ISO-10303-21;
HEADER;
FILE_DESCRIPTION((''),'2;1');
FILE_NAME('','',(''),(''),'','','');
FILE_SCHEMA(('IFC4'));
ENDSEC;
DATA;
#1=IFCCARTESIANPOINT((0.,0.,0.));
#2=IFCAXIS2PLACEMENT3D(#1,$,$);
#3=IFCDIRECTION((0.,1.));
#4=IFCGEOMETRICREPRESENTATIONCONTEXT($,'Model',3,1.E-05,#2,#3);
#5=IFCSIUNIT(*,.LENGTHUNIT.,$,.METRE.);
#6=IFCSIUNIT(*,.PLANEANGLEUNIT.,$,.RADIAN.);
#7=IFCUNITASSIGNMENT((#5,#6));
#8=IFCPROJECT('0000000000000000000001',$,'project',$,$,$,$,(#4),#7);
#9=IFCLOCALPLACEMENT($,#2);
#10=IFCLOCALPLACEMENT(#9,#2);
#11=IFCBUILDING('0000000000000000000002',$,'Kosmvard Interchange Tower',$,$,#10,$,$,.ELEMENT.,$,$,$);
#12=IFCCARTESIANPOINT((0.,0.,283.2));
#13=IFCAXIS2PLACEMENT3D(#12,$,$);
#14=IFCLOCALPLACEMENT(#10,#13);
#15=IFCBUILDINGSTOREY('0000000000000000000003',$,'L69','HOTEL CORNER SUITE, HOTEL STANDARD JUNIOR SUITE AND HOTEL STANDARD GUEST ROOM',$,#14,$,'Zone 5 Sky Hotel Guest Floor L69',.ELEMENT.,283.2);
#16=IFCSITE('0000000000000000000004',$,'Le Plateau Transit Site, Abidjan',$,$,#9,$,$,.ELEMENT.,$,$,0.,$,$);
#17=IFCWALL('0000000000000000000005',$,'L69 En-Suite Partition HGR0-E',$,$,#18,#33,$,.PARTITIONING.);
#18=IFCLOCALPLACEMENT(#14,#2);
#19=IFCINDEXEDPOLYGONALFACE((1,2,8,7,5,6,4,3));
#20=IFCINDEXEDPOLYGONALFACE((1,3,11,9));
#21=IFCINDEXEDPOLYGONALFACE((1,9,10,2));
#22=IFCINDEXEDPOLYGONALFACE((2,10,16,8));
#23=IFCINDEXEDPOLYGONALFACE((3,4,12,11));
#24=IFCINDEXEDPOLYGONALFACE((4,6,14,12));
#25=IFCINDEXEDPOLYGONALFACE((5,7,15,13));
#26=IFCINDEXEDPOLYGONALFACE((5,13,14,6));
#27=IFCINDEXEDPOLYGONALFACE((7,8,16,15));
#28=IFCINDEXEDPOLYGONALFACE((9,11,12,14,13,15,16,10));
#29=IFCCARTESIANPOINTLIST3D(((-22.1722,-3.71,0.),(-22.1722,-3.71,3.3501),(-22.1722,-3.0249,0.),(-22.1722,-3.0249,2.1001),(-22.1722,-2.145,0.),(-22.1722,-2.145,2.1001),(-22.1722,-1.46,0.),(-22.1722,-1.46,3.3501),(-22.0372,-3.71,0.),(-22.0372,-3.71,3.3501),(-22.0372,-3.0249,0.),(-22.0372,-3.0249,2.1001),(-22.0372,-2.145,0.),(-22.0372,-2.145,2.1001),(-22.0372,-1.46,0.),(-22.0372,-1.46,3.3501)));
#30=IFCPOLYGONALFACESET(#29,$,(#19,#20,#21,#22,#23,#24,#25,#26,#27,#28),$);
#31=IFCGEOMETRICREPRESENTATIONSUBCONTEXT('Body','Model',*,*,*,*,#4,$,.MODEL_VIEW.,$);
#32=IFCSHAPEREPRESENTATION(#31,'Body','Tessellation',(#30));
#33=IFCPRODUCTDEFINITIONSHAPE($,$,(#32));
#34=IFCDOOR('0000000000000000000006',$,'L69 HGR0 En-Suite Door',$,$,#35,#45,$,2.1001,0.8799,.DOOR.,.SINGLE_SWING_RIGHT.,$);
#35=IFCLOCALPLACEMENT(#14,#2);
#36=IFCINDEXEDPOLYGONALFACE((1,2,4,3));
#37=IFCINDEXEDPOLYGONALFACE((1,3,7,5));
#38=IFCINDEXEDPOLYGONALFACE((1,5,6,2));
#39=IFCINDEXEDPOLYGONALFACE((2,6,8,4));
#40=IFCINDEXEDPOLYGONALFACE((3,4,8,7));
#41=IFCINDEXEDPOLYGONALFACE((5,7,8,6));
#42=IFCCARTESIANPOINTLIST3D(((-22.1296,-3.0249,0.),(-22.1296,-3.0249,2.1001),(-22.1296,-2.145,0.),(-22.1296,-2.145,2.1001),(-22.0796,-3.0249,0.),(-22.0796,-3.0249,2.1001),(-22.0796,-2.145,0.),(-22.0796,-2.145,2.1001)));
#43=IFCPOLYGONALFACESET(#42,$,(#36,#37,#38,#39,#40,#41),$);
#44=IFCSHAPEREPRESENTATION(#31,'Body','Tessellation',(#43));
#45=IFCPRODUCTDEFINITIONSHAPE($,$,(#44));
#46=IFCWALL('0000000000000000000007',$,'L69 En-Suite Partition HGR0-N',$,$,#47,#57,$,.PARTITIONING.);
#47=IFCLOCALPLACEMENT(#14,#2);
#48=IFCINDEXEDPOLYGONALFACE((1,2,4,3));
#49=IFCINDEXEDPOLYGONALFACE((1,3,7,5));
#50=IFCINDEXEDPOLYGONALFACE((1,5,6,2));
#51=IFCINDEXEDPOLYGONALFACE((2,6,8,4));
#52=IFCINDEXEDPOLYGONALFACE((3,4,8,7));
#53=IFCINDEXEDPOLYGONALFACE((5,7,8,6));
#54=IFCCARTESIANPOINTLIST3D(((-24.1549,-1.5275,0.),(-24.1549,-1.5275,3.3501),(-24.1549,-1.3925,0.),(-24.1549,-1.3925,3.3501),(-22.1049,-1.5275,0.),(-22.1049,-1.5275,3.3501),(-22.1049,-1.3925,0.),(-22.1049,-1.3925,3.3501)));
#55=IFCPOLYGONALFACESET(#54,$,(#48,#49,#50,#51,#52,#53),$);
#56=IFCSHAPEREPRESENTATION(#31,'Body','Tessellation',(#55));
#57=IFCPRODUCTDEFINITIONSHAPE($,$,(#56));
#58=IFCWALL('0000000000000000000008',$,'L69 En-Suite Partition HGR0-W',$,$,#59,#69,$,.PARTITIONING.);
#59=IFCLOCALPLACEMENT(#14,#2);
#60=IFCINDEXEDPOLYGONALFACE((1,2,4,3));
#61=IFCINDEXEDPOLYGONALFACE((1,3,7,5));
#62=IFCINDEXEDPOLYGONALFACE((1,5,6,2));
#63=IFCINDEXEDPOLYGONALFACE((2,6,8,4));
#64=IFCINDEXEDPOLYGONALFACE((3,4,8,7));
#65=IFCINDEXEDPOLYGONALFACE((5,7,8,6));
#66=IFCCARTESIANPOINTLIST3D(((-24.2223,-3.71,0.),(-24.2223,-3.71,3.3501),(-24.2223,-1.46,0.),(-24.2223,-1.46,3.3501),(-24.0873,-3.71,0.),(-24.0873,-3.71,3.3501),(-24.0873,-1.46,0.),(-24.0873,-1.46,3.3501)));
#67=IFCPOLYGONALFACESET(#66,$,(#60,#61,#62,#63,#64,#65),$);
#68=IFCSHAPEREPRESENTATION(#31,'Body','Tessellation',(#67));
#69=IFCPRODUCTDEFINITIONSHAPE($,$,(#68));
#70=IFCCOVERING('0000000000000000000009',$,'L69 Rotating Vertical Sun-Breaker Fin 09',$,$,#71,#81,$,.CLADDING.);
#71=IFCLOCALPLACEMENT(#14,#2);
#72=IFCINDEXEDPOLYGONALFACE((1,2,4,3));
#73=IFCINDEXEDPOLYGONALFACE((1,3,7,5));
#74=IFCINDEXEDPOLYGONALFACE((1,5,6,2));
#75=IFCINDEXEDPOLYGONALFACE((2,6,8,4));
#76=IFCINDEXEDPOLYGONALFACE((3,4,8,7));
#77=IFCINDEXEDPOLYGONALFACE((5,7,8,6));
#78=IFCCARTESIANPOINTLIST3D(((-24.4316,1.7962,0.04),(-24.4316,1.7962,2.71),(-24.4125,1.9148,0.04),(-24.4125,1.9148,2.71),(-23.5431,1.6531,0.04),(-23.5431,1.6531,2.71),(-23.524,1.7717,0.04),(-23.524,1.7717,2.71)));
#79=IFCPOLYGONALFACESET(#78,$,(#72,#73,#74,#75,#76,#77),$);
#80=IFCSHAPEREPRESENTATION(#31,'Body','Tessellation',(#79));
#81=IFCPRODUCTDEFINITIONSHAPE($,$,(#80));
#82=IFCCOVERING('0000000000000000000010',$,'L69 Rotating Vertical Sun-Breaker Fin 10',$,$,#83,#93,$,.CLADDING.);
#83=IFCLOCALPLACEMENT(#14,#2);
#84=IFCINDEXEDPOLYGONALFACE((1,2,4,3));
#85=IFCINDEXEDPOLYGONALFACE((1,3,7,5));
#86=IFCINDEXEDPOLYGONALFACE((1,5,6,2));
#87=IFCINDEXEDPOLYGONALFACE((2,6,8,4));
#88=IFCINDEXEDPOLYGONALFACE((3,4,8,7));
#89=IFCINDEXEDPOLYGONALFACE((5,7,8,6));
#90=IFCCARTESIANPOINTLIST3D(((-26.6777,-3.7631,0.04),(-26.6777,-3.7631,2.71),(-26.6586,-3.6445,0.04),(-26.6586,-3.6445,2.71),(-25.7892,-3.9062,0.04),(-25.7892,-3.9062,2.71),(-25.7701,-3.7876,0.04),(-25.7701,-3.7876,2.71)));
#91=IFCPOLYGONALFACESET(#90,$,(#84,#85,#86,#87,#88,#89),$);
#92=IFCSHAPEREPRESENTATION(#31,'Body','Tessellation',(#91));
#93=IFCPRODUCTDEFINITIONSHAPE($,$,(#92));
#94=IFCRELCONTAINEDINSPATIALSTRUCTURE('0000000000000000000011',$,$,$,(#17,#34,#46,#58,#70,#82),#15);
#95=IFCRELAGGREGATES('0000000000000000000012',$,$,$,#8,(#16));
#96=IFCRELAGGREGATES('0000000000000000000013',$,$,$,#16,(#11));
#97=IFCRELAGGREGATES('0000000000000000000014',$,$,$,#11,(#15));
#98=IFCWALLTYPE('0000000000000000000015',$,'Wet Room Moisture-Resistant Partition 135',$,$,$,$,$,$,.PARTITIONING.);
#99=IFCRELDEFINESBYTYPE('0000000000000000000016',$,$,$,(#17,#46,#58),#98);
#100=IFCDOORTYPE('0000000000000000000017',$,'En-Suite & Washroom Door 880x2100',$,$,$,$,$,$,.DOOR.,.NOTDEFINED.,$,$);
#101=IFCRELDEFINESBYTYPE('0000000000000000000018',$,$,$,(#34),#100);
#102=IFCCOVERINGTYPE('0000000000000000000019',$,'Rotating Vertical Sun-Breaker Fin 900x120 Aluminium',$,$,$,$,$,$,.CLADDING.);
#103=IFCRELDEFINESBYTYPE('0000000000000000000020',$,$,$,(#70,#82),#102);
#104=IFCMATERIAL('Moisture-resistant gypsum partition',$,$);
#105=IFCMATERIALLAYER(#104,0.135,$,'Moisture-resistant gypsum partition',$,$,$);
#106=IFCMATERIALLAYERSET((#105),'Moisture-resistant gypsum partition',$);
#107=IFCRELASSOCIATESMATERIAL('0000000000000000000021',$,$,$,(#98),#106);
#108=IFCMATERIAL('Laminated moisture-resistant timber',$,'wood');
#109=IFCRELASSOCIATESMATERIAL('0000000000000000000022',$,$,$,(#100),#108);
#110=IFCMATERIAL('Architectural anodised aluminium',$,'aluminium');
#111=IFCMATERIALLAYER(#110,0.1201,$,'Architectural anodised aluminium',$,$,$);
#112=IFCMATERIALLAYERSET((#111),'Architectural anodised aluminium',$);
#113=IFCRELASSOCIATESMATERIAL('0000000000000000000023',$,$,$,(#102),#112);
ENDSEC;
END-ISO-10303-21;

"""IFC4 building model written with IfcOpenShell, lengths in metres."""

from ifc_helpers import new_model, si_unit, direction, frame, frame_2d, origin, origin_2d, place, context, subcontext, project, spatial, rectangle, extrude, source, transform, mapped, material, layer, layer_set, type_object, element, fill, save


model = new_model("IFC4")

# Units and contexts
model_context = context("Model", 3, precision=1e-05, world=origin(), true_north=direction((0.0, 1.0)))
body_context = subcontext(model_context, "Body", "Model", "MODEL_VIEW")
ifc_project = project(units=[si_unit("LENGTHUNIT", "METRE"), si_unit("PLANEANGLEUNIT", "RADIAN")], contexts=[model_context])

# Site, building, storey
site_placement = place(None, origin())
site = spatial("IfcSite", under=ifc_project, at=site_placement, Name="Le Plateau Transit Site, Abidjan", CompositionType="ELEMENT", RefElevation=0.0)
building_placement = place(site_placement, origin())
building = spatial("IfcBuilding", under=site, at=building_placement, Name="Kosmvard Interchange Tower", CompositionType="ELEMENT")
storey_placement = place(building_placement, frame((0.0, 0.0, 283.2)))
storey = spatial("IfcBuildingStorey", under=building, at=storey_placement, Name="L69", Description="HOTEL CORNER SUITE, HOTEL STANDARD JUNIOR SUITE AND HOTEL STANDARD GUEST ROOM", LongName="Zone 5 Sky Hotel Guest Floor L69", CompositionType="ELEMENT", Elevation=283.2)

# Shared definitions
ifc_material_1 = material(Name="Moisture-resistant gypsum partition")
ifc_layer_1 = layer(ifc_material_1, 0.135, Name="Moisture-resistant gypsum partition")
ifc_layer_set_1 = layer_set([ifc_layer_1], Name="Moisture-resistant gypsum partition")
wall_type_1 = type_object("IfcWallType", Name="Wet Room Moisture-Resistant Partition 135", PredefinedType="PARTITIONING", material=ifc_layer_set_1)
ifc_material_2 = material(Name="Laminated moisture-resistant timber", Category="wood")
door_type = type_object("IfcDoorType", Name="En-Suite & Washroom Door 880x2100", OperationType="NOTDEFINED", PredefinedType="DOOR", material=ifc_material_2)
shared_shape_1 = source(origin(), body_context, "Body", "SweptSolid", [
    extrude(rectangle(XDim=0.8799, YDim=2.1001, at=frame_2d((0.4399, 1.05))), frame((0.0, 0.0249, 0.0), z_axis=(0.0, -1.0, 0.0), x_axis=(1.0, 0.0, 0.0)), (0.0, 0.0, 1.0), 0.05),
])

# Wall, opening, door
wall_1_placement = place(storey_placement, frame((-22.1047, -3.71, 0.0), z_axis=(0.0, 0.0, 1.0), x_axis=(0.0, 1.0, 0.0)))
wall_1 = element("IfcWall", 1, at=wall_1_placement, inside=storey, type_object=wall_type_1, Name="L69 En-Suite Partition HGR0-E", PredefinedType="PARTITIONING", context=body_context, shape_type="SweptSolid", body=[
    extrude(rectangle(XDim=2.25, YDim=0.135, at=frame_2d((1.125, 0.0))), origin(), (0.0, 0.0, 1.0), 3.3501),
])
opening_1_placement = place(wall_1_placement, frame((0.6851, 0.0, 0.0)))
opening_1 = element("IfcOpeningElement", 2, at=opening_1_placement, cuts=wall_1, PredefinedType="OPENING", context=body_context, shape_type="SweptSolid", body=[
    extrude(rectangle(XDim=0.8799, YDim=2.1001, at=frame_2d((0.4399, 1.05))), frame((0.0, 0.0776, 0.0), z_axis=(0.0, -1.0, 0.0), x_axis=(1.0, 0.0, 0.0)), (0.0, 0.0, 1.0), 0.155),
])
door_1_placement = place(opening_1_placement, origin())
door_1 = element("IfcDoor", 3, at=door_1_placement, inside=storey, type_object=door_type, Name="L69 HGR0 En-Suite Door", OperationType="SINGLE_SWING_RIGHT", OverallHeight=2.1001, OverallWidth=0.8799, PredefinedType="DOOR", context=body_context, shape_type="MappedRepresentation", body=[
    mapped(shared_shape_1, transform((0.0, 0.0, 0.0), scale=1.0)),
])
fill(opening_1, door_1)

# Walls
wall_2_placement = place(storey_placement, frame((-24.1548, -1.46, 0.0), z_axis=(0.0, 0.0, 1.0), x_axis=(1.0, 0.0, 0.0)))
element("IfcWall", 4, at=wall_2_placement, inside=storey, type_object=wall_type_1, Name="L69 En-Suite Partition HGR0-N", PredefinedType="PARTITIONING", context=body_context, shape_type="SweptSolid", body=[
    extrude(rectangle(XDim=2.05, YDim=0.135, at=frame_2d((1.0249, 0.0))), origin(), (0.0, 0.0, 1.0), 3.3501),
])
wall_3_placement = place(storey_placement, frame((-24.1548, -3.71, 0.0), z_axis=(0.0, 0.0, 1.0), x_axis=(0.0, 1.0, 0.0)))
element("IfcWall", 5, at=wall_3_placement, inside=storey, type_object=wall_type_1, Name="L69 En-Suite Partition HGR0-W", PredefinedType="PARTITIONING", context=body_context, shape_type="SweptSolid", body=[
    extrude(rectangle(XDim=2.25, YDim=0.135, at=frame_2d((1.125, 0.0))), origin(), (0.0, 0.0, 1.0), 3.3501),
])

# Coverings
ifc_material_3 = material(Name="Architectural anodised aluminium", Category="aluminium")
ifc_layer_2 = layer(ifc_material_3, 0.1201, Name="Architectural anodised aluminium")
ifc_layer_set_2 = layer_set([ifc_layer_2], Name="Architectural anodised aluminium")
covering_type = type_object("IfcCoveringType", Name="Rotating Vertical Sun-Breaker Fin 900x120 Aluminium", PredefinedType="CLADDING", material=ifc_layer_set_2)
shared_shape_2 = source(origin(), body_context, "Body", "SweptSolid", [
    extrude(rectangle(XDim=0.8999, YDim=0.1201, at=origin_2d()), origin(), (0.0, 0.0, 1.0), 2.6699),
])
for number, where, z_axis, x_axis, name in (
    (6, (-23.9778, 1.7839, 0.04), (0.0, 0.0, 1.0), (-0.987275, 0.15902, 0.0), "L69 Rotating Vertical Sun-Breaker Fin 09"),
    (7, (-26.2239, -3.7754, 0.04), (0.0, 0.0, 1.0), (-0.987275, 0.15902, 0.0), "L69 Rotating Vertical Sun-Breaker Fin 10"),
):
    element("IfcCovering", number, at=place(storey_placement, frame(where, z_axis=z_axis, x_axis=x_axis)), inside=storey, type_object=covering_type, Name=name, PredefinedType="CLADDING", context=body_context, shape_type="MappedRepresentation", body=[
        mapped(shared_shape_2, transform((0.0, 0.0, 0.0), scale=1.0)),
    ])

save(model, "model.ifc")
